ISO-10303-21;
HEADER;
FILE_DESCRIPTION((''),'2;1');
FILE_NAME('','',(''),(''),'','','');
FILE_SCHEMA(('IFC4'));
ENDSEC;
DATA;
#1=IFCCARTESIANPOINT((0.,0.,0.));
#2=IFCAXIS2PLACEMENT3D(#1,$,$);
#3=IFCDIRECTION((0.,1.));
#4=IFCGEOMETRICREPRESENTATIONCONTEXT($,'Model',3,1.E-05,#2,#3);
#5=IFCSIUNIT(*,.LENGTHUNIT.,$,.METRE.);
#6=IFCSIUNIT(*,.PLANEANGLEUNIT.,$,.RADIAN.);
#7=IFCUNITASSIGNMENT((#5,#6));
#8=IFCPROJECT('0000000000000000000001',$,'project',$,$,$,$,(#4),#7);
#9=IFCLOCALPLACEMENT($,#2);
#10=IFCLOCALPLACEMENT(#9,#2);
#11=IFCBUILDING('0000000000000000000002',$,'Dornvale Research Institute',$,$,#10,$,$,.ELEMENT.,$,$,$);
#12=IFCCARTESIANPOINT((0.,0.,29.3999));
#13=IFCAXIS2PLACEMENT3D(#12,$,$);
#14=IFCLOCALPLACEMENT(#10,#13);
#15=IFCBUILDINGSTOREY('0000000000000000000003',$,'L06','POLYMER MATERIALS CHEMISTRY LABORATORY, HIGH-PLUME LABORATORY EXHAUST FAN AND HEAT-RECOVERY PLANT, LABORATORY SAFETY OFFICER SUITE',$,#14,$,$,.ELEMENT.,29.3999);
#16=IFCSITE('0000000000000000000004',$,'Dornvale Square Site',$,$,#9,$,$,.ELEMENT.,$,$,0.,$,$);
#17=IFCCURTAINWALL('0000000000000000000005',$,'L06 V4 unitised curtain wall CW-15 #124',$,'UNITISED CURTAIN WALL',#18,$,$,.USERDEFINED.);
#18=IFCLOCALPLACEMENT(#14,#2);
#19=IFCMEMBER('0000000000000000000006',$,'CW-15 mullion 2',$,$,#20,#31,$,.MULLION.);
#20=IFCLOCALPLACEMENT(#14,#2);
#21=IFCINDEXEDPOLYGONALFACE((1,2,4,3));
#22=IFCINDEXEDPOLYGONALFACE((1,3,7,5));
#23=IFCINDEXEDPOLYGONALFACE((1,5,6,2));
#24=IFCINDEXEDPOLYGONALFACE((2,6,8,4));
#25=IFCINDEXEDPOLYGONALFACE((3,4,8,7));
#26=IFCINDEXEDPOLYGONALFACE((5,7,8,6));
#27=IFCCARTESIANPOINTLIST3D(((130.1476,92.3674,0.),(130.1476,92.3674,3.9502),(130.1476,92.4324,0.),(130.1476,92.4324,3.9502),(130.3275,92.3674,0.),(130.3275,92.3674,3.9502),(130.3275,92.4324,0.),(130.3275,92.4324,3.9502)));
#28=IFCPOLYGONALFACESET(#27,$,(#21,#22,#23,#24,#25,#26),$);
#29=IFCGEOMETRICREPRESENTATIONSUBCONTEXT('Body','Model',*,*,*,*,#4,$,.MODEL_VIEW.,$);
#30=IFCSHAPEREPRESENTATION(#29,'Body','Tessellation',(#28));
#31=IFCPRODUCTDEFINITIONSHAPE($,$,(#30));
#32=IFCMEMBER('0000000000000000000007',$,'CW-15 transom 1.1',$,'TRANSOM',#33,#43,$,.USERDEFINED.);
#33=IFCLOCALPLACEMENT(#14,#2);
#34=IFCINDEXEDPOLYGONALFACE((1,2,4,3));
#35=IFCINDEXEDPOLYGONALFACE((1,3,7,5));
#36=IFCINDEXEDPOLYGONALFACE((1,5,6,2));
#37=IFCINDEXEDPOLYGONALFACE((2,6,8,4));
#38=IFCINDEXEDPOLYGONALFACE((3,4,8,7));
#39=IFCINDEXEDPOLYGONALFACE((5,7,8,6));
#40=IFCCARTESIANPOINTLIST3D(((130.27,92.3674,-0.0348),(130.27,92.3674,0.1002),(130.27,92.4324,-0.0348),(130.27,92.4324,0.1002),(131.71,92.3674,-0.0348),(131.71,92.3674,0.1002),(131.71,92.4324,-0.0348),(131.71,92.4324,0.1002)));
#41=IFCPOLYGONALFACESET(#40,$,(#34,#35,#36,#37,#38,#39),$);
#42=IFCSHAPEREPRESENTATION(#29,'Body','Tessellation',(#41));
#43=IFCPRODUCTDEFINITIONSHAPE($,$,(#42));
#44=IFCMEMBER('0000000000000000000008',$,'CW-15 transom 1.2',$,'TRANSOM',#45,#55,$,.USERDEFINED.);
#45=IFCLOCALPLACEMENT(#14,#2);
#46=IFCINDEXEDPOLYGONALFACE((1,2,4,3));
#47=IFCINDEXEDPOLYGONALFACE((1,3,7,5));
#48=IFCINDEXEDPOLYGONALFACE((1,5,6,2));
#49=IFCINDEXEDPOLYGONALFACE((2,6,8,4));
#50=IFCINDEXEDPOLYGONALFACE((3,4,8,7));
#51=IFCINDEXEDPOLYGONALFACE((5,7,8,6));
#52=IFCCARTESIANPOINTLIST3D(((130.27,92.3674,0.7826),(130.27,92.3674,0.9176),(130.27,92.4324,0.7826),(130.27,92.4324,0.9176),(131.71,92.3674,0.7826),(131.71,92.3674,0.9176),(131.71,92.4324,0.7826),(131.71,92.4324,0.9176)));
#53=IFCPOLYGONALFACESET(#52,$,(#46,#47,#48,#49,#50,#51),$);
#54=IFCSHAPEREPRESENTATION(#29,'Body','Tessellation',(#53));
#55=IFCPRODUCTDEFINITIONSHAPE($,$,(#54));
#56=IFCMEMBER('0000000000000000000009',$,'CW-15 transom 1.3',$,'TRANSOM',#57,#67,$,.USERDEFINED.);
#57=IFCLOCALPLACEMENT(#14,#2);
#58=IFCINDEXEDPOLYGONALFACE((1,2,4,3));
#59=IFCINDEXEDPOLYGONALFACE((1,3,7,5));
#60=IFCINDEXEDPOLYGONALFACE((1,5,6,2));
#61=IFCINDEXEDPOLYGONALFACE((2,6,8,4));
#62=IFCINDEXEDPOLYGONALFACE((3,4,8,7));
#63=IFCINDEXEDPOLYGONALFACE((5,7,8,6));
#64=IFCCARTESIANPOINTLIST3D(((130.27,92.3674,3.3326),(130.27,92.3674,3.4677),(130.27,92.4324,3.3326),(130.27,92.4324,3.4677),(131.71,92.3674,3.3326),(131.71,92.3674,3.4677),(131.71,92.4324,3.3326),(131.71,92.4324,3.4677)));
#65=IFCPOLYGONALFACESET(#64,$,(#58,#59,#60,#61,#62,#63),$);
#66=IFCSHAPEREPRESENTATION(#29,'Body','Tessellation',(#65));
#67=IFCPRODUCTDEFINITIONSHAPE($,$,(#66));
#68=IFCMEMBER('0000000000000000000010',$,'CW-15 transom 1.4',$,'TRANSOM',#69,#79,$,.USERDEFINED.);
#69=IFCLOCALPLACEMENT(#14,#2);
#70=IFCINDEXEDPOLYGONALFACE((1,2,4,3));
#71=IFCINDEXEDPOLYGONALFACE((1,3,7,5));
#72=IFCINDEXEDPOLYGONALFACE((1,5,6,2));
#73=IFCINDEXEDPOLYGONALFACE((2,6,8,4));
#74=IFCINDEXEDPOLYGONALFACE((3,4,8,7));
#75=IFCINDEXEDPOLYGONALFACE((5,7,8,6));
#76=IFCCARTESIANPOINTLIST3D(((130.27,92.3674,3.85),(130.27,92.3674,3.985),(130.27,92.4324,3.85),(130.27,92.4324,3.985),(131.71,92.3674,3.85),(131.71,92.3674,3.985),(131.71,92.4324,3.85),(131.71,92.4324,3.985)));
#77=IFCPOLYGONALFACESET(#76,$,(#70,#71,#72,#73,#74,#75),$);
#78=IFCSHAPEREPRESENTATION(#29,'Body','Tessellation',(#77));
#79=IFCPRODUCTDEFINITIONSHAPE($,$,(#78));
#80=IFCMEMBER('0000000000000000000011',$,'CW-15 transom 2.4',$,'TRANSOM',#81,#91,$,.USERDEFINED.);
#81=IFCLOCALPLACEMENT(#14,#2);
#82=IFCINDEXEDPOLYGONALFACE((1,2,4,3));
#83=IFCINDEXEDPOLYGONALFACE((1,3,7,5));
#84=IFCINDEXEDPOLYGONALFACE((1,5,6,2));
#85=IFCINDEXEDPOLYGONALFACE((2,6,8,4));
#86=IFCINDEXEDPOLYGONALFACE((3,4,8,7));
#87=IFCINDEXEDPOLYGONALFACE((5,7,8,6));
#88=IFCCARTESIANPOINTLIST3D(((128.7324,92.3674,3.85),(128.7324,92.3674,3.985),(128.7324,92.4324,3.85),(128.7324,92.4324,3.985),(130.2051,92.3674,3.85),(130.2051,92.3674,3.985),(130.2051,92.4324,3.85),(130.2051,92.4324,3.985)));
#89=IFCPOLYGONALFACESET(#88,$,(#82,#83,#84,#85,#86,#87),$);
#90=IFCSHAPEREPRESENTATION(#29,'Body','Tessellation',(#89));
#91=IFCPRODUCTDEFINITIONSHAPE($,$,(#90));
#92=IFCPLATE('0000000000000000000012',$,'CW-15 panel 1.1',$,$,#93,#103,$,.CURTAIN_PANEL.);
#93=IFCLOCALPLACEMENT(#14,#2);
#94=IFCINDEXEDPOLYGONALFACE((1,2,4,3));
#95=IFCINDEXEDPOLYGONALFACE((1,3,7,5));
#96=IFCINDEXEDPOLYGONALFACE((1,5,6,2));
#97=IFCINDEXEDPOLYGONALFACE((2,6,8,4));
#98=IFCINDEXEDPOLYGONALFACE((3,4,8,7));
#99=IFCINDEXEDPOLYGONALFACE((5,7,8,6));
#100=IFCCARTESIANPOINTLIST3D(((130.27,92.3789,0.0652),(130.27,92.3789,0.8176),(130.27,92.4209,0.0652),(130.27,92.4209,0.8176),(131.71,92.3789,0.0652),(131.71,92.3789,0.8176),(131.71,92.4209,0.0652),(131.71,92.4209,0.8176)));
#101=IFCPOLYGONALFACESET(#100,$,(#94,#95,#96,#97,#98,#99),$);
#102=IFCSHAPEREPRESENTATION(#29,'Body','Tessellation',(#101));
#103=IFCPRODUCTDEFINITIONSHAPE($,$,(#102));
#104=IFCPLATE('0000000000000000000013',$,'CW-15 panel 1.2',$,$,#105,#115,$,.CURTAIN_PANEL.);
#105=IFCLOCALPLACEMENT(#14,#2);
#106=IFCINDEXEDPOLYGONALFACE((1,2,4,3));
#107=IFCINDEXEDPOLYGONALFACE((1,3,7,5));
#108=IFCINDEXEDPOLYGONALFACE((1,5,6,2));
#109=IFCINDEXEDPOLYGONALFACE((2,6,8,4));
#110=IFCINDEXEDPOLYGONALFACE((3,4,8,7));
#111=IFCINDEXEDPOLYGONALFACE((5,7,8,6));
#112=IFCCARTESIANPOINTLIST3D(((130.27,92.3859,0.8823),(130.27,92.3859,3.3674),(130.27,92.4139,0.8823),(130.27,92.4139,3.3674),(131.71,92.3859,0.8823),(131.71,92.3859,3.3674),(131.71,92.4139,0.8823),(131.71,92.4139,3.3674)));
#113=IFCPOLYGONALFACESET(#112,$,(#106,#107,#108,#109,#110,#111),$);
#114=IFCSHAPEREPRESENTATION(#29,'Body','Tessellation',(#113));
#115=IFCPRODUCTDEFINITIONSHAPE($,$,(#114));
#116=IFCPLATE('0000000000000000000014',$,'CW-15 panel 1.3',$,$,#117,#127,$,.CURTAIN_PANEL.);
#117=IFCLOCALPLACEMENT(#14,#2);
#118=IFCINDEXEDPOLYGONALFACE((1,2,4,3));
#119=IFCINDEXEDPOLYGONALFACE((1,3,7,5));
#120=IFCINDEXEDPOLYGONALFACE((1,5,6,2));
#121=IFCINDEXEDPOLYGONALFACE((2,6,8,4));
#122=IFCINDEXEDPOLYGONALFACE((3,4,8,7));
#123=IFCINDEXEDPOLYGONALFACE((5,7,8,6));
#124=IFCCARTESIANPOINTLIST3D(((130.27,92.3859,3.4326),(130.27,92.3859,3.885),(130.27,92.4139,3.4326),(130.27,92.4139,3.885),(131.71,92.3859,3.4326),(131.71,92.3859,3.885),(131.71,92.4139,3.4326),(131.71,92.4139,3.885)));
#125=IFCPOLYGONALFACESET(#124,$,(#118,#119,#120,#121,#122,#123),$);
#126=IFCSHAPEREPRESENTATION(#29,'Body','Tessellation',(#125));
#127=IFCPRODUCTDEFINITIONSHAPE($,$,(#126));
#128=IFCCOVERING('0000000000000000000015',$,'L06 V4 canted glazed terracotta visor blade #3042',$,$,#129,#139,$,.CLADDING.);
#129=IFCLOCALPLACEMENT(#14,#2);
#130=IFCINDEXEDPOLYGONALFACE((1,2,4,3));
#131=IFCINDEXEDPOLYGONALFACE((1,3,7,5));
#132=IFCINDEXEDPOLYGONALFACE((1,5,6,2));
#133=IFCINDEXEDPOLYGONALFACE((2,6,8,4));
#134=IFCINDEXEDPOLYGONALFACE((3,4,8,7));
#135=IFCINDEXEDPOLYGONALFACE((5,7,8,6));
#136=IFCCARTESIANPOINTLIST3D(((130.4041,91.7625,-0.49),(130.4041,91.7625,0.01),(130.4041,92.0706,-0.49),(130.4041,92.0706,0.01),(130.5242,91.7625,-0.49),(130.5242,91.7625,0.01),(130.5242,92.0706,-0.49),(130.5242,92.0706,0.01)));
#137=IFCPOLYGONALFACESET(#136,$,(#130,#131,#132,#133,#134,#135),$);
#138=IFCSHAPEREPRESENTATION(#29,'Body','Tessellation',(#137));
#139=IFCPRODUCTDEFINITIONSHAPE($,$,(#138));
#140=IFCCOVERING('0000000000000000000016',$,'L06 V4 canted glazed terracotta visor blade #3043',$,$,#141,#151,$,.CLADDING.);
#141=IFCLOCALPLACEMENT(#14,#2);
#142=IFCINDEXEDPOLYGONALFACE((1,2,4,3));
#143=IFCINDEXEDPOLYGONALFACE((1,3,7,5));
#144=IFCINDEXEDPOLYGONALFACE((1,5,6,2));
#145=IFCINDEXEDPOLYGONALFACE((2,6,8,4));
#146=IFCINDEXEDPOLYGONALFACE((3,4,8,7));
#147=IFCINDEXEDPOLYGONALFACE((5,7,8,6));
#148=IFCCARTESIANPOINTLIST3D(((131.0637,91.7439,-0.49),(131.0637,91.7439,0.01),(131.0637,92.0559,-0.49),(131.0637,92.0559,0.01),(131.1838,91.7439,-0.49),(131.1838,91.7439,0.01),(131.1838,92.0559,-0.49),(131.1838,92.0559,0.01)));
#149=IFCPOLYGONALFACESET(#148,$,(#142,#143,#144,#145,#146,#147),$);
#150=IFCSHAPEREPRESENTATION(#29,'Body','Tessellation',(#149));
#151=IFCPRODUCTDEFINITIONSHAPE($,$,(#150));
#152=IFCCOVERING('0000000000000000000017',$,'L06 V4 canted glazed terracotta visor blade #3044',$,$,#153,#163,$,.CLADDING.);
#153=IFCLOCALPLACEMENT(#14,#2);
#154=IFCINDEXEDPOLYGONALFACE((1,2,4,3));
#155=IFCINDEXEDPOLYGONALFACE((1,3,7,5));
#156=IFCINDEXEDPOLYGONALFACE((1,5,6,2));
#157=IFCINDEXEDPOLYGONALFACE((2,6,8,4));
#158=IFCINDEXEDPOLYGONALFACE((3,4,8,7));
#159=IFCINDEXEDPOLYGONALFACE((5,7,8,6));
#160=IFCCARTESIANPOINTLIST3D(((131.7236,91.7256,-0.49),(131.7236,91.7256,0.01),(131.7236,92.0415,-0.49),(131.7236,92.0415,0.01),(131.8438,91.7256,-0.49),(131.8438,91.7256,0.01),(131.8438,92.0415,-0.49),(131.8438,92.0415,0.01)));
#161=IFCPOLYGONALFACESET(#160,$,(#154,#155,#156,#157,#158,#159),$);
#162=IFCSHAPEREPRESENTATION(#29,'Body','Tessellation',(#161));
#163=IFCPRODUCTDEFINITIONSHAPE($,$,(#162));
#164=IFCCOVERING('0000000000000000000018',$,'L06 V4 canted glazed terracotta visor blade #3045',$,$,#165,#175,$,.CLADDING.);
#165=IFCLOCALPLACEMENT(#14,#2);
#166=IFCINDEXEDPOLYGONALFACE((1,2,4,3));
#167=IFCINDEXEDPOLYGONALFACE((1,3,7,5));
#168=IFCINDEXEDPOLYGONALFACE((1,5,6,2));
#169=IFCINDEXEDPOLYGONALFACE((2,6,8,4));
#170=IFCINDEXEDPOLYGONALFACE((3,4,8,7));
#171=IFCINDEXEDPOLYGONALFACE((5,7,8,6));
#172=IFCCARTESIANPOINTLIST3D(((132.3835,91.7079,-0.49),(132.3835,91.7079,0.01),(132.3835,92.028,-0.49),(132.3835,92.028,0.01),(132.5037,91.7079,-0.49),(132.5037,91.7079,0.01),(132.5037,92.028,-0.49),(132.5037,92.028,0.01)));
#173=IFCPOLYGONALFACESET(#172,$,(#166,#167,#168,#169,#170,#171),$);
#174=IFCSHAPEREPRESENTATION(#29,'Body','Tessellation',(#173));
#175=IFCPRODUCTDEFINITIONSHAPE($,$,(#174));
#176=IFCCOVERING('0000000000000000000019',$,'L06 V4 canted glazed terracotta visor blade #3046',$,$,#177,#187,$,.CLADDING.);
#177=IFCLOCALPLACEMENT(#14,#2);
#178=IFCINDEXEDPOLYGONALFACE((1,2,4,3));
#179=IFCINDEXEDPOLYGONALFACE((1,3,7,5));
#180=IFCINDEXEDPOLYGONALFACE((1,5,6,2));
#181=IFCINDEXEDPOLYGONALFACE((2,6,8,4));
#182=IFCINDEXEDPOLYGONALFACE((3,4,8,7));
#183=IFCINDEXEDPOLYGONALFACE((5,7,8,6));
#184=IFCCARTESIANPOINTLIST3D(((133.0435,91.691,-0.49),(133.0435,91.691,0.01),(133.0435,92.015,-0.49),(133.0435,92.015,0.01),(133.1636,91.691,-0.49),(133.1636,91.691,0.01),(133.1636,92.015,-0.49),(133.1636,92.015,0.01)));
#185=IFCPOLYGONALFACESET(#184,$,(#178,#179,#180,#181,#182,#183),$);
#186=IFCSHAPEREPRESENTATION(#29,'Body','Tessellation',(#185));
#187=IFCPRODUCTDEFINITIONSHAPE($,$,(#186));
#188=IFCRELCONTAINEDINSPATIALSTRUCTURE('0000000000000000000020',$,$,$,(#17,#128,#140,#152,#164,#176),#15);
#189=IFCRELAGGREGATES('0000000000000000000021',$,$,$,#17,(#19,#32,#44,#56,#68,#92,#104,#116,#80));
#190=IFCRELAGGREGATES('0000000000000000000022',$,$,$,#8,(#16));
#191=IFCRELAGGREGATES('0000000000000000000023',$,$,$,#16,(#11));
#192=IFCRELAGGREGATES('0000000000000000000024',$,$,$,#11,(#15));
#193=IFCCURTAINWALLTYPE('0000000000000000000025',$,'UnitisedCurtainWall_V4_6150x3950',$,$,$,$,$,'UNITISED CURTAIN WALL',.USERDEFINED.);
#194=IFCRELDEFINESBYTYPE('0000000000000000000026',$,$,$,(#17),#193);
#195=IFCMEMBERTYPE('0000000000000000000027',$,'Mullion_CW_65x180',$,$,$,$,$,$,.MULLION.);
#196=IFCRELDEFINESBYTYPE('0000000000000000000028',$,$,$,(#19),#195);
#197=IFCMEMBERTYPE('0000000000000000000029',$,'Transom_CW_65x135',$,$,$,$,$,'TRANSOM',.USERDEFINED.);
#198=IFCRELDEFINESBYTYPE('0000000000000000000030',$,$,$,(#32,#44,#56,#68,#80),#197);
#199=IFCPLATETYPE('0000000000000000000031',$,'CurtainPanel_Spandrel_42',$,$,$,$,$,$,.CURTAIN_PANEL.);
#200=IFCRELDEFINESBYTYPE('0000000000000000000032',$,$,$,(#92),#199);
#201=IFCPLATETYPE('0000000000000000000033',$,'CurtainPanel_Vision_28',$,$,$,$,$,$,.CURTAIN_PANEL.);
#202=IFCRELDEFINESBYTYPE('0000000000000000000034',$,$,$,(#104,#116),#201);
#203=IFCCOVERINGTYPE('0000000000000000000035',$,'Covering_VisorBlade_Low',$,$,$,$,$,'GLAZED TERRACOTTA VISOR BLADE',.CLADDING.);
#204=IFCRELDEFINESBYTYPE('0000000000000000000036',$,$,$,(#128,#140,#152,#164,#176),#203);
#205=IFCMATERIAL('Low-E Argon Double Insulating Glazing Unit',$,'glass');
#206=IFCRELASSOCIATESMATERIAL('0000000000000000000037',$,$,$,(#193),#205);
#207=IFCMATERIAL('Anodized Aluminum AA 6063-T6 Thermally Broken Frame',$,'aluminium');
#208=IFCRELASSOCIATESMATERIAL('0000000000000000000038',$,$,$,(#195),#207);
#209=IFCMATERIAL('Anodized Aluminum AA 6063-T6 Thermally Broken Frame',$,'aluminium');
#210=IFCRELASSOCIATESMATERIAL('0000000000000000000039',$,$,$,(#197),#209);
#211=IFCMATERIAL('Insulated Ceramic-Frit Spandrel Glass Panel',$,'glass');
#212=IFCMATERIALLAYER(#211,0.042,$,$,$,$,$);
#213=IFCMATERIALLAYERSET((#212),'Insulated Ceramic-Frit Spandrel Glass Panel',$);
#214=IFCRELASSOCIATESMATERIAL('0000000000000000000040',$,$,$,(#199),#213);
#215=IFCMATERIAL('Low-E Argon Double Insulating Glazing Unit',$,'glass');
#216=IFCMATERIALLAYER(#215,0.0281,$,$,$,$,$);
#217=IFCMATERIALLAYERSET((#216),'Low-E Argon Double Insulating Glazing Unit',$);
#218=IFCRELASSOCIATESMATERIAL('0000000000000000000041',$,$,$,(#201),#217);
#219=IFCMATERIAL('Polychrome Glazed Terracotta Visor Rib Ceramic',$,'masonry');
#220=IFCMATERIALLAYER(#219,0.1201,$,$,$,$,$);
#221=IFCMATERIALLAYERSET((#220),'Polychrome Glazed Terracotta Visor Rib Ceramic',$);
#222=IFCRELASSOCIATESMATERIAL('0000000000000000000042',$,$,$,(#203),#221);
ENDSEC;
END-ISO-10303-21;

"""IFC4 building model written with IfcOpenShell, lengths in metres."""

from ifc_helpers import new_model, si_unit, direction, frame, origin, origin_2d, place, context, subcontext, project, spatial, rectangle, extrude, material, layer, layer_set, material_profile, profile_set, type_object, element, aggregate, save


model = new_model("IFC4")

# Units and contexts
model_context = context("Model", 3, precision=1e-05, world=origin(), true_north=direction((0.0, 1.0)))
body_context = subcontext(model_context, "Body", "Model", "MODEL_VIEW")
ifc_project = project(units=[si_unit("LENGTHUNIT", "METRE"), si_unit("PLANEANGLEUNIT", "RADIAN")], contexts=[model_context])

# Site, building, storey
site_placement = place(None, origin())
site = spatial("IfcSite", under=ifc_project, at=site_placement, Name="Dornvale Square Site", CompositionType="ELEMENT", RefElevation=0.0)
building_placement = place(site_placement, origin())
building = spatial("IfcBuilding", under=site, at=building_placement, Name="Dornvale Research Institute", CompositionType="ELEMENT")
storey_placement = place(building_placement, frame((0.0, 0.0, 29.3999)))
storey = spatial("IfcBuildingStorey", under=building, at=storey_placement, Name="L06", Description="POLYMER MATERIALS CHEMISTRY LABORATORY, HIGH-PLUME LABORATORY EXHAUST FAN AND HEAT-RECOVERY PLANT, LABORATORY SAFETY OFFICER SUITE", CompositionType="ELEMENT", Elevation=29.3999)

# Curtain wall, members, plates
ifc_material_1 = material(Name="Low-E Argon Double Insulating Glazing Unit", Category="glass")
curtain_wall_type = type_object("IfcCurtainWallType", Name="UnitisedCurtainWall_V4_6150x3950", ElementType="UNITISED CURTAIN WALL", PredefinedType="USERDEFINED", material=ifc_material_1)
curtain_wall_placement = place(storey_placement, origin())
curtain_wall = element("IfcCurtainWall", 1, at=curtain_wall_placement, inside=storey, type_object=curtain_wall_type, Name="L06 V4 unitised curtain wall CW-15 #124", ObjectType="UNITISED CURTAIN WALL", PredefinedType="USERDEFINED")
ifc_material_2 = material(Name="Anodized Aluminum AA 6063-T6 Thermally Broken Frame", Category="aluminium")
ifc_material_profile_1 = material_profile(ifc_material_2, rectangle(XDim=0.0649, YDim=0.1799, at=origin_2d()), Name="ALU MULLION 65x180")
ifc_profile_set_1 = profile_set([ifc_material_profile_1], Name="Anodized Aluminum AA 6063-T6 Thermally Broken Frame")
member_type_1 = type_object("IfcMemberType", Name="Mullion_CW_65x180", PredefinedType="MULLION", material=ifc_profile_set_1)
member_1_placement = place(storey_placement, frame((130.2375, 92.3999, 0.0), z_axis=(0.0, 0.0, 1.0), x_axis=(0.0, -1.0, 0.0)))
member_1 = element("IfcMember", 2, at=member_1_placement, type_object=member_type_1, Name="CW-15 mullion 2", PredefinedType="MULLION", context=body_context, shape_type="SweptSolid", body=[
    extrude(rectangle(XDim=0.0649, YDim=0.1799, at=origin_2d()), origin(), (0.0, 0.0, 1.0), 3.9502),
])
ifc_material_3 = material(Name="Anodized Aluminum AA 6063-T6 Thermally Broken Frame", Category="aluminium")
ifc_material_profile_2 = material_profile(ifc_material_3, rectangle(XDim=0.0649, YDim=0.135, at=origin_2d()), Name="ALU TRANSOM 65x135")
ifc_profile_set_2 = profile_set([ifc_material_profile_2], Name="Anodized Aluminum AA 6063-T6 Thermally Broken Frame")
member_type_2 = type_object("IfcMemberType", Name="Transom_CW_65x135", ElementType="TRANSOM", PredefinedType="USERDEFINED", material=ifc_profile_set_2)
member_2_placement = place(storey_placement, frame((131.71, 92.3999, 0.0327), z_axis=(-1.0, 0.0, 0.0), x_axis=(0.0, -1.0, 0.0)))
member_2 = element("IfcMember", 3, at=member_2_placement, type_object=member_type_2, Name="CW-15 transom 1.1", ObjectType="TRANSOM", PredefinedType="USERDEFINED", context=body_context, shape_type="SweptSolid", body=[
    extrude(rectangle(XDim=0.0649, YDim=0.135, at=origin_2d()), origin(), (0.0, 0.0, 1.0), 1.4399),
])
member_3_placement = place(storey_placement, frame((131.71, 92.3999, 0.8501), z_axis=(-1.0, 0.0, 0.0), x_axis=(0.0, -1.0, 0.0)))
member_3 = element("IfcMember", 4, at=member_3_placement, type_object=member_type_2, Name="CW-15 transom 1.2", ObjectType="TRANSOM", PredefinedType="USERDEFINED", context=body_context, shape_type="SweptSolid", body=[
    extrude(rectangle(XDim=0.0649, YDim=0.135, at=origin_2d()), origin(), (0.0, 0.0, 1.0), 1.4399),
])
member_4_placement = place(storey_placement, frame((131.71, 92.3999, 3.4001), z_axis=(-1.0, 0.0, 0.0), x_axis=(0.0, -1.0, 0.0)))
member_4 = element("IfcMember", 5, at=member_4_placement, type_object=member_type_2, Name="CW-15 transom 1.3", ObjectType="TRANSOM", PredefinedType="USERDEFINED", context=body_context, shape_type="SweptSolid", body=[
    extrude(rectangle(XDim=0.0649, YDim=0.135, at=origin_2d()), origin(), (0.0, 0.0, 1.0), 1.4399),
])
member_5_placement = place(storey_placement, frame((131.71, 92.3999, 3.9175), z_axis=(-1.0, 0.0, 0.0), x_axis=(0.0, -1.0, 0.0)))
member_5 = element("IfcMember", 6, at=member_5_placement, type_object=member_type_2, Name="CW-15 transom 1.4", ObjectType="TRANSOM", PredefinedType="USERDEFINED", context=body_context, shape_type="SweptSolid", body=[
    extrude(rectangle(XDim=0.0649, YDim=0.135, at=origin_2d()), origin(), (0.0, 0.0, 1.0), 1.4399),
])
member_6_placement = place(storey_placement, frame((130.2051, 92.3999, 3.9175), z_axis=(-1.0, 0.0, 0.0), x_axis=(0.0, -1.0, 0.0)))
member_6 = element("IfcMember", 7, at=member_6_placement, type_object=member_type_2, Name="CW-15 transom 2.4", ObjectType="TRANSOM", PredefinedType="USERDEFINED", context=body_context, shape_type="SweptSolid", body=[
    extrude(rectangle(XDim=0.0649, YDim=0.135, at=origin_2d()), origin(), (0.0, 0.0, 1.0), 1.4727),
])
ifc_material_4 = material(Name="Insulated Ceramic-Frit Spandrel Glass Panel", Category="glass")
ifc_layer_1 = layer(ifc_material_4, 0.042)
ifc_layer_set_1 = layer_set([ifc_layer_1], Name="Insulated Ceramic-Frit Spandrel Glass Panel")
plate_type_1 = type_object("IfcPlateType", Name="CurtainPanel_Spandrel_42", PredefinedType="CURTAIN_PANEL", material=ifc_layer_set_1)
plate_1_placement = place(storey_placement, frame((130.99, 92.3999, 0.0652), z_axis=(0.0, 0.0, 1.0), x_axis=(-1.0, 0.0, 0.0)))
plate_1 = element("IfcPlate", 8, at=plate_1_placement, type_object=plate_type_1, Name="CW-15 panel 1.1", PredefinedType="CURTAIN_PANEL", context=body_context, shape_type="SweptSolid", body=[
    extrude(rectangle(XDim=1.4399, YDim=0.042, at=origin_2d()), origin(), (0.0, 0.0, 1.0), 0.7524),
])
ifc_material_5 = material(Name="Low-E Argon Double Insulating Glazing Unit", Category="glass")
ifc_layer_2 = layer(ifc_material_5, 0.0281)
ifc_layer_set_2 = layer_set([ifc_layer_2], Name="Low-E Argon Double Insulating Glazing Unit")
plate_type_2 = type_object("IfcPlateType", Name="CurtainPanel_Vision_28", PredefinedType="CURTAIN_PANEL", material=ifc_layer_set_2)
plate_2_placement = place(storey_placement, frame((130.99, 92.3999, 0.8823), z_axis=(0.0, 0.0, 1.0), x_axis=(-1.0, 0.0, 0.0)))
plate_2 = element("IfcPlate", 9, at=plate_2_placement, type_object=plate_type_2, Name="CW-15 panel 1.2", PredefinedType="CURTAIN_PANEL", context=body_context, shape_type="SweptSolid", body=[
    extrude(rectangle(XDim=1.4399, YDim=0.0281, at=origin_2d()), origin(), (0.0, 0.0, 1.0), 2.4851),
])
plate_3_placement = place(storey_placement, frame((130.99, 92.3999, 3.4326), z_axis=(0.0, 0.0, 1.0), x_axis=(-1.0, 0.0, 0.0)))
plate_3 = element("IfcPlate", 10, at=plate_3_placement, type_object=plate_type_2, Name="CW-15 panel 1.3", PredefinedType="CURTAIN_PANEL", context=body_context, shape_type="SweptSolid", body=[
    extrude(rectangle(XDim=1.4399, YDim=0.0281, at=origin_2d()), origin(), (0.0, 0.0, 1.0), 0.4524),
])
aggregate(curtain_wall, [member_1, member_2, member_3, member_4, member_5, plate_1, plate_2, plate_3, member_6])

# Coverings
ifc_material_6 = material(Name="Polychrome Glazed Terracotta Visor Rib Ceramic", Category="masonry")
ifc_layer_3 = layer(ifc_material_6, 0.1201)
ifc_layer_set_3 = layer_set([ifc_layer_3], Name="Polychrome Glazed Terracotta Visor Rib Ceramic")
covering_type = type_object("IfcCoveringType", Name="Covering_VisorBlade_Low", ElementType="GLAZED TERRACOTTA VISOR BLADE", PredefinedType="CLADDING", material=ifc_layer_set_3)
covering_1_placement = place(storey_placement, frame((130.4641, 91.9165, -0.49), z_axis=(0.0, 0.0, 1.0), x_axis=(0.0, 1.0, 0.0)))
element("IfcCovering", 11, at=covering_1_placement, inside=storey, type_object=covering_type, Name="L06 V4 canted glazed terracotta visor blade #3042", PredefinedType="CLADDING", context=body_context, shape_type="SweptSolid", body=[
    extrude(rectangle(XDim=0.3081, YDim=0.1201, at=origin_2d()), origin(), (0.0, 0.0, 1.0), 0.5),
])
covering_2_placement = place(storey_placement, frame((131.1238, 91.8999, -0.49), z_axis=(0.0, 0.0, 1.0), x_axis=(0.0, 1.0, 0.0)))
element("IfcCovering", 12, at=covering_2_placement, inside=storey, type_object=covering_type, Name="L06 V4 canted glazed terracotta visor blade #3043", PredefinedType="CLADDING", context=body_context, shape_type="SweptSolid", body=[
    extrude(rectangle(XDim=0.312, YDim=0.1201, at=origin_2d()), origin(), (0.0, 0.0, 1.0), 0.5),
])
covering_3_placement = place(storey_placement, frame((131.7837, 91.8835, -0.49), z_axis=(0.0, 0.0, 1.0), x_axis=(0.0, 1.0, 0.0)))
element("IfcCovering", 13, at=covering_3_placement, inside=storey, type_object=covering_type, Name="L06 V4 canted glazed terracotta visor blade #3044", PredefinedType="CLADDING", context=body_context, shape_type="SweptSolid", body=[
    extrude(rectangle(XDim=0.3159, YDim=0.1201, at=origin_2d()), origin(), (0.0, 0.0, 1.0), 0.5),
])
covering_4_placement = place(storey_placement, frame((132.4436, 91.8679, -0.49), z_axis=(0.0, 0.0, 1.0), x_axis=(0.0, 1.0, 0.0)))
element("IfcCovering", 14, at=covering_4_placement, inside=storey, type_object=covering_type, Name="L06 V4 canted glazed terracotta visor blade #3045", PredefinedType="CLADDING", context=body_context, shape_type="SweptSolid", body=[
    extrude(rectangle(XDim=0.3201, YDim=0.1201, at=origin_2d()), origin(), (0.0, 0.0, 1.0), 0.5),
])
covering_5_placement = place(storey_placement, frame((133.1035, 91.853, -0.49), z_axis=(0.0, 0.0, 1.0), x_axis=(0.0, 1.0, 0.0)))
element("IfcCovering", 15, at=covering_5_placement, inside=storey, type_object=covering_type, Name="L06 V4 canted glazed terracotta visor blade #3046", PredefinedType="CLADDING", context=body_context, shape_type="SweptSolid", body=[
    extrude(rectangle(XDim=0.324, YDim=0.1201, at=origin_2d()), origin(), (0.0, 0.0, 1.0), 0.5),
])

save(model, "model.ifc")
